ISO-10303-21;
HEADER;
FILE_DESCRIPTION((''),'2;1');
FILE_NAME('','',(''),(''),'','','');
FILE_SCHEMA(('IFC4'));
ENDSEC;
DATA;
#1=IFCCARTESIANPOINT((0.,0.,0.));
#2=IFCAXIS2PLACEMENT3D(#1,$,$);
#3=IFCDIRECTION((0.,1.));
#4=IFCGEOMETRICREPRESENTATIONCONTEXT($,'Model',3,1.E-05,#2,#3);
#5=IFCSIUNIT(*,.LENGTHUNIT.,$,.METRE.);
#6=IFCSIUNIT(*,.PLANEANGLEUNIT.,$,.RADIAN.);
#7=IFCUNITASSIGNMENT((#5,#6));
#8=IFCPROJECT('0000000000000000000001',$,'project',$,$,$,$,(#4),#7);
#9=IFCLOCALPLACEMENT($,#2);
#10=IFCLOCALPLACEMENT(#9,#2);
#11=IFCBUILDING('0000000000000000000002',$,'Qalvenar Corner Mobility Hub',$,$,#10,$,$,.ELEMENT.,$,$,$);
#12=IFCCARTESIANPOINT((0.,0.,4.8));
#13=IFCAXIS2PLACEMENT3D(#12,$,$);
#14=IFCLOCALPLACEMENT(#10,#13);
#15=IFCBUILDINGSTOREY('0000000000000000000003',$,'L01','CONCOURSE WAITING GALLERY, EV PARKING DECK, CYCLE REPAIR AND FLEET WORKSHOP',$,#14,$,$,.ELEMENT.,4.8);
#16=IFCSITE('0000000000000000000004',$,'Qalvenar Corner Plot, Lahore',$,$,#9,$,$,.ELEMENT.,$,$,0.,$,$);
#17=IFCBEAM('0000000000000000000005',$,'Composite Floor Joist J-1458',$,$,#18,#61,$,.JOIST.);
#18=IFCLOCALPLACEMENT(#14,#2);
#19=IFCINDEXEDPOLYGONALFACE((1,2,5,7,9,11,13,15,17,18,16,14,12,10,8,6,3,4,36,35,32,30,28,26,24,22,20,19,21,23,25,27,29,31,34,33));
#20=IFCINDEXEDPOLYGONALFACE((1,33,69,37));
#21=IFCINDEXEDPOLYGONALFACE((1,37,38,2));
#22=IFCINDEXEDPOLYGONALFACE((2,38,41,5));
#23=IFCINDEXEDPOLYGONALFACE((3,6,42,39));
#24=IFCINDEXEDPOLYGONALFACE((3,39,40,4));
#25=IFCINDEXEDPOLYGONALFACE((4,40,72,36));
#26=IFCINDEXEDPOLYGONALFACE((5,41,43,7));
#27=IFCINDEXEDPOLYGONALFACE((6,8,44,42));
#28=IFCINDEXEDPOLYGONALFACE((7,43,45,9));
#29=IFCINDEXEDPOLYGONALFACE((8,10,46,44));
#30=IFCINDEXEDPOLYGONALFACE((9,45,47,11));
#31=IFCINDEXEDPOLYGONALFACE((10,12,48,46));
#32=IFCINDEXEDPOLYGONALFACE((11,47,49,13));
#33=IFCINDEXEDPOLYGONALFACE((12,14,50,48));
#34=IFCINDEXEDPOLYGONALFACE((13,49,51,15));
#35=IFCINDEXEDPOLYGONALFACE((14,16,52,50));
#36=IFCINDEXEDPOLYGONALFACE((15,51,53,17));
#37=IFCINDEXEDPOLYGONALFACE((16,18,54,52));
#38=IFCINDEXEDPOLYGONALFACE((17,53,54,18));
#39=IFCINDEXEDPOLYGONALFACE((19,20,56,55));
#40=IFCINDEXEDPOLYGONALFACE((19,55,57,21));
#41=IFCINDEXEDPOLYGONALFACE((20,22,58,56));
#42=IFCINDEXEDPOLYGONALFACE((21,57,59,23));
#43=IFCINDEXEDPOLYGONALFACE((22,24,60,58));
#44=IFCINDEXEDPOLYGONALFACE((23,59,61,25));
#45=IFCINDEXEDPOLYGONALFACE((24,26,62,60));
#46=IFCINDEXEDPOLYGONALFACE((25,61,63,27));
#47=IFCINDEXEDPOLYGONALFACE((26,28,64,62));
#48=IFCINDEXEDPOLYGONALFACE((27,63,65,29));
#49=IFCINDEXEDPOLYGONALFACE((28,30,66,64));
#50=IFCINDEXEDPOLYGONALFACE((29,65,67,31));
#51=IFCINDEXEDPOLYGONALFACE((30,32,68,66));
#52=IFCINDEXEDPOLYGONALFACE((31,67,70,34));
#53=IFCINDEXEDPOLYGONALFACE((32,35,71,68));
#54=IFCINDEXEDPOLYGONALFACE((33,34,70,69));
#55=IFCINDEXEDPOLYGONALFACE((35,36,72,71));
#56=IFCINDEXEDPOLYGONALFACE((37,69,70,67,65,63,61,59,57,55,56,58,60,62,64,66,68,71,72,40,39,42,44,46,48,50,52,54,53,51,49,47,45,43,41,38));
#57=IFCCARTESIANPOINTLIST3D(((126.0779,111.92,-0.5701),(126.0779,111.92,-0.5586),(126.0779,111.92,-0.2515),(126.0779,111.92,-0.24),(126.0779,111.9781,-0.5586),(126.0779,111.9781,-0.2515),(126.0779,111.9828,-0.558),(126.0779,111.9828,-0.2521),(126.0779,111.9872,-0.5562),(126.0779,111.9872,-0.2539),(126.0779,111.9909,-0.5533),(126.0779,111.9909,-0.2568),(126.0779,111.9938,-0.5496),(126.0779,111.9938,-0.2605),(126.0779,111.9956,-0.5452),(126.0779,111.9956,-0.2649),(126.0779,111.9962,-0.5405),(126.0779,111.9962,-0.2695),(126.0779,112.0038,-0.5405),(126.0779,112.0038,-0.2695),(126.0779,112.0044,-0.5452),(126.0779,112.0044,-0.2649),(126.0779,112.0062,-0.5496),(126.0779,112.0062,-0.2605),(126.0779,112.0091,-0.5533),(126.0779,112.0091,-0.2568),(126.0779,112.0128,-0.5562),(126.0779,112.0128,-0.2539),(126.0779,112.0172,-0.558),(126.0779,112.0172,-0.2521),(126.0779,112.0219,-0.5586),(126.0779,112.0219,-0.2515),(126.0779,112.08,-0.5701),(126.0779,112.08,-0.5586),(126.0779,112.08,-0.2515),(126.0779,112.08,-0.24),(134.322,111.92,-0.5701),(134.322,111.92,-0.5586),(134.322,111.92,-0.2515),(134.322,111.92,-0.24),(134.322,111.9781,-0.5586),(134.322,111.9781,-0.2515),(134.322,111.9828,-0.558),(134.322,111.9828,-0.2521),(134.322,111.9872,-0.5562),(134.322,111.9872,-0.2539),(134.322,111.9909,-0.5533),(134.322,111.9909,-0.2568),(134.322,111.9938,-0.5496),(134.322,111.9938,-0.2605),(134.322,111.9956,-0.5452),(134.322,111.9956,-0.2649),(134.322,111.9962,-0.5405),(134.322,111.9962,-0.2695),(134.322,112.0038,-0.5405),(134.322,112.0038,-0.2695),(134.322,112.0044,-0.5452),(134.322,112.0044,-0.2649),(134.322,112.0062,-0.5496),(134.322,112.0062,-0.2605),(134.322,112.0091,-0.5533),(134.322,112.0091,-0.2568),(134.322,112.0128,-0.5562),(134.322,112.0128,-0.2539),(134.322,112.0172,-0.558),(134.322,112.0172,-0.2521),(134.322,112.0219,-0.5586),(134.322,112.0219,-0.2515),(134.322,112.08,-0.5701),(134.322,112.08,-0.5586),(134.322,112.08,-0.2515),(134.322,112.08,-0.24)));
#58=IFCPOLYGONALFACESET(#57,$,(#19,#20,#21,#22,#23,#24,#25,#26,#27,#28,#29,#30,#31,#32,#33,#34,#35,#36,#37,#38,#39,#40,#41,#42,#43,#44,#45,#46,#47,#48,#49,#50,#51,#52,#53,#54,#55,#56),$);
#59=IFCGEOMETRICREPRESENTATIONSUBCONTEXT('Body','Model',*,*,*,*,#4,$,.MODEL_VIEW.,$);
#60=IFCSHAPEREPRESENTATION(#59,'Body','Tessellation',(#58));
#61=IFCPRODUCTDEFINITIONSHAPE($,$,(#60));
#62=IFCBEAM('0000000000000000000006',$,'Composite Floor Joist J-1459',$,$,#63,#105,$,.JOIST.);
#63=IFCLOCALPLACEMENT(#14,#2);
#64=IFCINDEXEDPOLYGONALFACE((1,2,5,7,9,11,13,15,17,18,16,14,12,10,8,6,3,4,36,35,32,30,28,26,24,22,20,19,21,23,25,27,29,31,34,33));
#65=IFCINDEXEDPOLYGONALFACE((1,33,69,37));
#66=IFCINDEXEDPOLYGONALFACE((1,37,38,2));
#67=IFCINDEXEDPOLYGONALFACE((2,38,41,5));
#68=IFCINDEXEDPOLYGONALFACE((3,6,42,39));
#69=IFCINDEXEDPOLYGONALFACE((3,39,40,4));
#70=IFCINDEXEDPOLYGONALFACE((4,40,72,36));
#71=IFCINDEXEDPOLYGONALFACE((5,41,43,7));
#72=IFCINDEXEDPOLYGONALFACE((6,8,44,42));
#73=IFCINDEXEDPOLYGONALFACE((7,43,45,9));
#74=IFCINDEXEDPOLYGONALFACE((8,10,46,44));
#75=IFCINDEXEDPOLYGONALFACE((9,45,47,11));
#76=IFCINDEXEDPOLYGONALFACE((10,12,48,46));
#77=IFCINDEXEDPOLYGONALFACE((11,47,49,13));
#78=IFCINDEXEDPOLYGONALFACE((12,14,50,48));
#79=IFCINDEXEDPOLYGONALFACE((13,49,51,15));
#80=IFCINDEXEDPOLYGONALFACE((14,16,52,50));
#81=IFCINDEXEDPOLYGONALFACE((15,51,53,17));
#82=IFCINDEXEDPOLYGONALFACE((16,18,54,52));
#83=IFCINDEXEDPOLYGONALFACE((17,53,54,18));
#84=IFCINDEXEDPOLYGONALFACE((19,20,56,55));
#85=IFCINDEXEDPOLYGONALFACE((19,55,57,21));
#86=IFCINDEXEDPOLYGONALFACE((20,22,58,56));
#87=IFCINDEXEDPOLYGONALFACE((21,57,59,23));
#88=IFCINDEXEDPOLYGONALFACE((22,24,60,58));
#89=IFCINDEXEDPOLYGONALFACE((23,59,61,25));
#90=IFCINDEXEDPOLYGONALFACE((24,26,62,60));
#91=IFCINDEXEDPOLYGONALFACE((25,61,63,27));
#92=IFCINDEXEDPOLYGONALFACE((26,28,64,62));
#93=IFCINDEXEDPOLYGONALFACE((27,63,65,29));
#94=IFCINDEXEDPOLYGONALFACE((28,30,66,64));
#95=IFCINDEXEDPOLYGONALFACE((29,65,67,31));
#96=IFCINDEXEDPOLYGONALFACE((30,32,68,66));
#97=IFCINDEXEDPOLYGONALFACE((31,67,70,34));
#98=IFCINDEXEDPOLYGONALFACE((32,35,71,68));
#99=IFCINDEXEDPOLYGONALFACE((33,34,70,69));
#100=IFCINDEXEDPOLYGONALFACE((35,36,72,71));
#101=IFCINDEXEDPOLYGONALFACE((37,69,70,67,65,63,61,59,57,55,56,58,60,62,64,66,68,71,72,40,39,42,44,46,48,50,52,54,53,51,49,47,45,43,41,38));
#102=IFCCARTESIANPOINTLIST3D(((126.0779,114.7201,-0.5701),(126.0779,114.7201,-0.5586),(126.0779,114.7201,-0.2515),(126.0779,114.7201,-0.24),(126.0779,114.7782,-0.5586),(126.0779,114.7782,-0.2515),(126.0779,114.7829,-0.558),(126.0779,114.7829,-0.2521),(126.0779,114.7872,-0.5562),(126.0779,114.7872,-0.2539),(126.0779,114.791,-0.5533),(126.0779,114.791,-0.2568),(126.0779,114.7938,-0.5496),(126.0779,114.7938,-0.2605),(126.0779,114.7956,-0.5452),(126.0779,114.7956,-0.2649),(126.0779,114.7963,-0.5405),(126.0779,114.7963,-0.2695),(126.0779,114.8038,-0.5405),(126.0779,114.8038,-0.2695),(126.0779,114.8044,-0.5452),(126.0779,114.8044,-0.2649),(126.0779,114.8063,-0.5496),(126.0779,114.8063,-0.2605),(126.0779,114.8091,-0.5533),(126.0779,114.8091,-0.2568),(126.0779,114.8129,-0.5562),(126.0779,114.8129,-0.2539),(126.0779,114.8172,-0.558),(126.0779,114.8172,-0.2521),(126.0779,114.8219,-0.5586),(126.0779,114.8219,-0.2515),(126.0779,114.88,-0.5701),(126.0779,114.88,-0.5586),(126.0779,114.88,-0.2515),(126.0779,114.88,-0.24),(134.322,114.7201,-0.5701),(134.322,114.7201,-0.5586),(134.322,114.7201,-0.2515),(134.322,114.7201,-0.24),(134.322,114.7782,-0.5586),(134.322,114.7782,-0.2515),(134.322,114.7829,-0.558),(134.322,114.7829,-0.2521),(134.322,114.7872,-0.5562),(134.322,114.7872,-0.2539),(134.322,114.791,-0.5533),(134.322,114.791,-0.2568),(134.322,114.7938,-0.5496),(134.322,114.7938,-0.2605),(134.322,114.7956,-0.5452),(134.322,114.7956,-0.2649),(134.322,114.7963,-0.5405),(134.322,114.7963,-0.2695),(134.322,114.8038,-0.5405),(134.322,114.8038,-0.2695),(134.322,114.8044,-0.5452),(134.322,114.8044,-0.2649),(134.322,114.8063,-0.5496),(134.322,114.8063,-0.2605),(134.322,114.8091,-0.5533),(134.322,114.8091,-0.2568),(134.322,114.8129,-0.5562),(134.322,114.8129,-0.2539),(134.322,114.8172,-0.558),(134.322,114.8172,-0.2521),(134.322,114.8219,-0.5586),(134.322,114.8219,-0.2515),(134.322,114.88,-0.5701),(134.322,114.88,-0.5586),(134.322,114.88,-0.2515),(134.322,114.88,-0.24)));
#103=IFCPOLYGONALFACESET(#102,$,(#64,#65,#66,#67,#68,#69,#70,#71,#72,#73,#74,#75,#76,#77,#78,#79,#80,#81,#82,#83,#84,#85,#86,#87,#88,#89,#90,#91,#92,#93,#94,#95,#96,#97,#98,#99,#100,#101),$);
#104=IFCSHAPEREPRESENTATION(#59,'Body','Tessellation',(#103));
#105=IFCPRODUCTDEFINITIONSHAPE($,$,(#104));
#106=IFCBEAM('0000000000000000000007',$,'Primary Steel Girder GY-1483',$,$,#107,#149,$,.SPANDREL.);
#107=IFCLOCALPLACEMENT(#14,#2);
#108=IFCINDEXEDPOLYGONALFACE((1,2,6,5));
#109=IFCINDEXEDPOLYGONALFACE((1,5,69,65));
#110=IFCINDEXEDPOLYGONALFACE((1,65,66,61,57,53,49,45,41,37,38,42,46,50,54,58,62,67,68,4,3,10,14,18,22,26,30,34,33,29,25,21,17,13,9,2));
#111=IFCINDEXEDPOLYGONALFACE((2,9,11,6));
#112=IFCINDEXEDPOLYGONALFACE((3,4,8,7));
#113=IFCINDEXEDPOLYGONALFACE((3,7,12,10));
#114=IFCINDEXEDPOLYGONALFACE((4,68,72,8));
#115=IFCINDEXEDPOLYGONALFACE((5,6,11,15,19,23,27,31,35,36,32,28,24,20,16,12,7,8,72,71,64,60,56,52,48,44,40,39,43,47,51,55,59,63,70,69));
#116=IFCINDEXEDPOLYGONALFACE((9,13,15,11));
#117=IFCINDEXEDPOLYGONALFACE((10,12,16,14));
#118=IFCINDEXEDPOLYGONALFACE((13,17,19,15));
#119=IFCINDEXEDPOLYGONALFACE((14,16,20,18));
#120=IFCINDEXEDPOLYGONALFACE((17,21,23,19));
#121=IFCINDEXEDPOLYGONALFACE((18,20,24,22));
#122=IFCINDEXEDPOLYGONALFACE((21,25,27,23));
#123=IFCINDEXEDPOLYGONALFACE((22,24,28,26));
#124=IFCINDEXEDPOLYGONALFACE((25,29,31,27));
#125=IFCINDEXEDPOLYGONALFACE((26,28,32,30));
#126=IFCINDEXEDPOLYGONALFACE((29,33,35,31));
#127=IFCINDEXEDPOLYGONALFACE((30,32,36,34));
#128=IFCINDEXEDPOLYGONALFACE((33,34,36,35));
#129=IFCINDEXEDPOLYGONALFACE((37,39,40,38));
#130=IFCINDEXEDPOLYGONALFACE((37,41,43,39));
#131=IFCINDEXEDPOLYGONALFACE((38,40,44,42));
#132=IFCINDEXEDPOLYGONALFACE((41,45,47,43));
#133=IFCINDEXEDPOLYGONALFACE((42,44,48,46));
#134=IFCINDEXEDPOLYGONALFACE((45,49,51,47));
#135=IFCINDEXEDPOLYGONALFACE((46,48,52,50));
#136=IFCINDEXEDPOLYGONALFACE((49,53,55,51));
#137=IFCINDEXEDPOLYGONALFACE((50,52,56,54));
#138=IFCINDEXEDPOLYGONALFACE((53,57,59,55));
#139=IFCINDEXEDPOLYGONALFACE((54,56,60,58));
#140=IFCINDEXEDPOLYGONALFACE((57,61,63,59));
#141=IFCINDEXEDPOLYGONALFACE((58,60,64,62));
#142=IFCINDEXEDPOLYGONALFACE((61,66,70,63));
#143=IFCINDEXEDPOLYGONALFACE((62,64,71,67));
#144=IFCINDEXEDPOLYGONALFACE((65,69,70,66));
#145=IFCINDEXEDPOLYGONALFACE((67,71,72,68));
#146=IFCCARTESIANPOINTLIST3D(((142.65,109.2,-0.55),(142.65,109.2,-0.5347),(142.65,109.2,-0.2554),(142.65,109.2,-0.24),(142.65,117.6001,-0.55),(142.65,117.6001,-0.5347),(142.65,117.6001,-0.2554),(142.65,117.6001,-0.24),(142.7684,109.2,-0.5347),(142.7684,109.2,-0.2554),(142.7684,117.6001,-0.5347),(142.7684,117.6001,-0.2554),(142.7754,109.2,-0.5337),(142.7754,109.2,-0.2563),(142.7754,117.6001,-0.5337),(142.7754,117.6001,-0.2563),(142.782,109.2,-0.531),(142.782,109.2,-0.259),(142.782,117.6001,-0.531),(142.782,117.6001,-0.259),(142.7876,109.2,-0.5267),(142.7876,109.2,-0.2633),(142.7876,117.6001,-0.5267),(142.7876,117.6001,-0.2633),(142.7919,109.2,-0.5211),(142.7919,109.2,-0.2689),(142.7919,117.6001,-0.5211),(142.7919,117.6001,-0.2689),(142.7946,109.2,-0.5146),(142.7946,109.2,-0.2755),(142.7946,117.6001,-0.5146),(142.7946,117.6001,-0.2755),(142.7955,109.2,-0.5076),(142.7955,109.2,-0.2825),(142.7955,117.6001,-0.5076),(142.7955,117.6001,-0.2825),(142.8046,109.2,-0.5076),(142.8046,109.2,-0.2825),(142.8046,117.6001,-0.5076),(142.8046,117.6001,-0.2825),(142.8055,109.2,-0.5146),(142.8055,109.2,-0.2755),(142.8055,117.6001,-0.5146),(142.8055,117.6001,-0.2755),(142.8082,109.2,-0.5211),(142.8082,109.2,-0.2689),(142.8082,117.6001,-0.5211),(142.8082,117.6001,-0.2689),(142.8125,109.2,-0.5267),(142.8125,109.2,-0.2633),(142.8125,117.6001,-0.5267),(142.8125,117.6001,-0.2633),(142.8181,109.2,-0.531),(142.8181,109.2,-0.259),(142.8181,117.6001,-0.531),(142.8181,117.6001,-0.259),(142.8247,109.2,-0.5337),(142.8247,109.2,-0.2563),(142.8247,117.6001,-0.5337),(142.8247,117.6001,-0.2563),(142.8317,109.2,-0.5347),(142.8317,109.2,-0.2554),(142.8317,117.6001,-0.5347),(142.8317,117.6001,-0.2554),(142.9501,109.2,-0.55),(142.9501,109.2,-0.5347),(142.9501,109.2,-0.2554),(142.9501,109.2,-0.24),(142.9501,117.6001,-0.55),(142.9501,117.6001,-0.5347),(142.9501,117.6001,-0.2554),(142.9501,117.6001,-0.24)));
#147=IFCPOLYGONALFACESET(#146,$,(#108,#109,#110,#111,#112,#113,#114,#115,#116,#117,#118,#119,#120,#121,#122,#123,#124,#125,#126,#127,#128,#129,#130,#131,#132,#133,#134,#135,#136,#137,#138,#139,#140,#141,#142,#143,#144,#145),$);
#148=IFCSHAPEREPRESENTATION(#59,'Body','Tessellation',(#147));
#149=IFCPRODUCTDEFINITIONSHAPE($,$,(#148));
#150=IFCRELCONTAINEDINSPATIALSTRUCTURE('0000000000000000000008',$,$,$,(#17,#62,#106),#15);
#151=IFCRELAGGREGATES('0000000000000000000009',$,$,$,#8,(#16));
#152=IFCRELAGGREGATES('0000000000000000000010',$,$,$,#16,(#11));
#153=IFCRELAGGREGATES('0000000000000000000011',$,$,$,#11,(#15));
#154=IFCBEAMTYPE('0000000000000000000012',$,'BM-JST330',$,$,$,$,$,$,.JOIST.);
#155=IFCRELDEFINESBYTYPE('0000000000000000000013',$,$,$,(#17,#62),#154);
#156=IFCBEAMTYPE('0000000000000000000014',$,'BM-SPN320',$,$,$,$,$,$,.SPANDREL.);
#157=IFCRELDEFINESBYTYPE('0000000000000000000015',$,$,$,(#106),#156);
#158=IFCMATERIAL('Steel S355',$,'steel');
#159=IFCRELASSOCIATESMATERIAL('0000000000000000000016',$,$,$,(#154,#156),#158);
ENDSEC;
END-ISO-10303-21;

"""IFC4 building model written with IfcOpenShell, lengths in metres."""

from ifc_helpers import new_model, si_unit, direction, frame, origin, origin_2d, place, context, subcontext, project, spatial, i_section, extrude, material, material_profile, profile_set, type_object, element, save


model = new_model("IFC4")

# Units and contexts
model_context = context("Model", 3, precision=1e-05, world=origin(), true_north=direction((0.0, 1.0)))
body_context = subcontext(model_context, "Body", "Model", "MODEL_VIEW")
ifc_project = project(units=[si_unit("LENGTHUNIT", "METRE"), si_unit("PLANEANGLEUNIT", "RADIAN")], contexts=[model_context])

# Site, building, storey
site_placement = place(None, origin())
site = spatial("IfcSite", under=ifc_project, at=site_placement, Name="Qalvenar Corner Plot, Lahore", CompositionType="ELEMENT", RefElevation=0.0)
building_placement = place(site_placement, origin())
building = spatial("IfcBuilding", under=site, at=building_placement, Name="Qalvenar Corner Mobility Hub", CompositionType="ELEMENT")
storey_placement = place(building_placement, frame((0.0, 0.0, 4.8)))
storey = spatial("IfcBuildingStorey", under=building, at=storey_placement, Name="L01", Description="CONCOURSE WAITING GALLERY, EV PARKING DECK, CYCLE REPAIR AND FLEET WORKSHOP", CompositionType="ELEMENT", Elevation=4.8)

# Shared definitions
ifc_material_1 = material(Name="Steel S355", Category="steel")

# Beams
ifc_material_profile_1 = material_profile(ifc_material_1, i_section(OverallWidth=0.1599, OverallDepth=0.3301, WebThickness=0.0076, FlangeThickness=0.0115, FilletRadius=0.0181, at=origin_2d()), Name="IPE330")
ifc_profile_set_1 = profile_set([ifc_material_profile_1], Name="Steel S355")
beam_type_1 = type_object("IfcBeamType", Name="BM-JST330", PredefinedType="JOIST", material=ifc_profile_set_1)
for number, where, z_axis, x_axis, name in (
    (1, (126.0779, 112.0, -0.405), (1.0, 0.0, 0.0), (0.0, 1.0, 0.0), "Composite Floor Joist J-1458"),
    (2, (126.0779, 114.8, -0.405), (1.0, 0.0, 0.0), (0.0, 1.0, 0.0), "Composite Floor Joist J-1459"),
):
    element("IfcBeam", number, at=place(storey_placement, frame(where, z_axis=z_axis, x_axis=x_axis)), inside=storey, type_object=beam_type_1, Name=name, PredefinedType="JOIST", context=body_context, shape_type="SweptSolid", body=[
        extrude(i_section(OverallWidth=0.1599, OverallDepth=0.3301, WebThickness=0.0076, FlangeThickness=0.0115, FilletRadius=0.0181, at=origin_2d()), origin(), (0.0, 0.0, 1.0), 8.2441),
    ])
ifc_material_profile_2 = material_profile(ifc_material_1, i_section(OverallWidth=0.3, OverallDepth=0.3101, WebThickness=0.009, FlangeThickness=0.0154, FilletRadius=0.0271, at=origin_2d()), Name="HEA320")
ifc_profile_set_2 = profile_set([ifc_material_profile_2], Name="Steel S355")
beam_type_2 = type_object("IfcBeamType", Name="BM-SPN320", PredefinedType="SPANDREL", material=ifc_profile_set_2)
beam_1_placement = place(storey_placement, frame((142.8, 109.2, -0.395), z_axis=(0.0, 1.0, 0.0), x_axis=(-1.0, 0.0, 0.0)))
element("IfcBeam", 3, at=beam_1_placement, inside=storey, type_object=beam_type_2, Name="Primary Steel Girder GY-1483", PredefinedType="SPANDREL", context=body_context, shape_type="SweptSolid", body=[
    extrude(i_section(OverallWidth=0.3, OverallDepth=0.3101, WebThickness=0.009, FlangeThickness=0.0154, FilletRadius=0.0271, at=origin_2d()), origin(), (0.0, 0.0, 1.0), 8.4001),
])

save(model, "model.ifc")
